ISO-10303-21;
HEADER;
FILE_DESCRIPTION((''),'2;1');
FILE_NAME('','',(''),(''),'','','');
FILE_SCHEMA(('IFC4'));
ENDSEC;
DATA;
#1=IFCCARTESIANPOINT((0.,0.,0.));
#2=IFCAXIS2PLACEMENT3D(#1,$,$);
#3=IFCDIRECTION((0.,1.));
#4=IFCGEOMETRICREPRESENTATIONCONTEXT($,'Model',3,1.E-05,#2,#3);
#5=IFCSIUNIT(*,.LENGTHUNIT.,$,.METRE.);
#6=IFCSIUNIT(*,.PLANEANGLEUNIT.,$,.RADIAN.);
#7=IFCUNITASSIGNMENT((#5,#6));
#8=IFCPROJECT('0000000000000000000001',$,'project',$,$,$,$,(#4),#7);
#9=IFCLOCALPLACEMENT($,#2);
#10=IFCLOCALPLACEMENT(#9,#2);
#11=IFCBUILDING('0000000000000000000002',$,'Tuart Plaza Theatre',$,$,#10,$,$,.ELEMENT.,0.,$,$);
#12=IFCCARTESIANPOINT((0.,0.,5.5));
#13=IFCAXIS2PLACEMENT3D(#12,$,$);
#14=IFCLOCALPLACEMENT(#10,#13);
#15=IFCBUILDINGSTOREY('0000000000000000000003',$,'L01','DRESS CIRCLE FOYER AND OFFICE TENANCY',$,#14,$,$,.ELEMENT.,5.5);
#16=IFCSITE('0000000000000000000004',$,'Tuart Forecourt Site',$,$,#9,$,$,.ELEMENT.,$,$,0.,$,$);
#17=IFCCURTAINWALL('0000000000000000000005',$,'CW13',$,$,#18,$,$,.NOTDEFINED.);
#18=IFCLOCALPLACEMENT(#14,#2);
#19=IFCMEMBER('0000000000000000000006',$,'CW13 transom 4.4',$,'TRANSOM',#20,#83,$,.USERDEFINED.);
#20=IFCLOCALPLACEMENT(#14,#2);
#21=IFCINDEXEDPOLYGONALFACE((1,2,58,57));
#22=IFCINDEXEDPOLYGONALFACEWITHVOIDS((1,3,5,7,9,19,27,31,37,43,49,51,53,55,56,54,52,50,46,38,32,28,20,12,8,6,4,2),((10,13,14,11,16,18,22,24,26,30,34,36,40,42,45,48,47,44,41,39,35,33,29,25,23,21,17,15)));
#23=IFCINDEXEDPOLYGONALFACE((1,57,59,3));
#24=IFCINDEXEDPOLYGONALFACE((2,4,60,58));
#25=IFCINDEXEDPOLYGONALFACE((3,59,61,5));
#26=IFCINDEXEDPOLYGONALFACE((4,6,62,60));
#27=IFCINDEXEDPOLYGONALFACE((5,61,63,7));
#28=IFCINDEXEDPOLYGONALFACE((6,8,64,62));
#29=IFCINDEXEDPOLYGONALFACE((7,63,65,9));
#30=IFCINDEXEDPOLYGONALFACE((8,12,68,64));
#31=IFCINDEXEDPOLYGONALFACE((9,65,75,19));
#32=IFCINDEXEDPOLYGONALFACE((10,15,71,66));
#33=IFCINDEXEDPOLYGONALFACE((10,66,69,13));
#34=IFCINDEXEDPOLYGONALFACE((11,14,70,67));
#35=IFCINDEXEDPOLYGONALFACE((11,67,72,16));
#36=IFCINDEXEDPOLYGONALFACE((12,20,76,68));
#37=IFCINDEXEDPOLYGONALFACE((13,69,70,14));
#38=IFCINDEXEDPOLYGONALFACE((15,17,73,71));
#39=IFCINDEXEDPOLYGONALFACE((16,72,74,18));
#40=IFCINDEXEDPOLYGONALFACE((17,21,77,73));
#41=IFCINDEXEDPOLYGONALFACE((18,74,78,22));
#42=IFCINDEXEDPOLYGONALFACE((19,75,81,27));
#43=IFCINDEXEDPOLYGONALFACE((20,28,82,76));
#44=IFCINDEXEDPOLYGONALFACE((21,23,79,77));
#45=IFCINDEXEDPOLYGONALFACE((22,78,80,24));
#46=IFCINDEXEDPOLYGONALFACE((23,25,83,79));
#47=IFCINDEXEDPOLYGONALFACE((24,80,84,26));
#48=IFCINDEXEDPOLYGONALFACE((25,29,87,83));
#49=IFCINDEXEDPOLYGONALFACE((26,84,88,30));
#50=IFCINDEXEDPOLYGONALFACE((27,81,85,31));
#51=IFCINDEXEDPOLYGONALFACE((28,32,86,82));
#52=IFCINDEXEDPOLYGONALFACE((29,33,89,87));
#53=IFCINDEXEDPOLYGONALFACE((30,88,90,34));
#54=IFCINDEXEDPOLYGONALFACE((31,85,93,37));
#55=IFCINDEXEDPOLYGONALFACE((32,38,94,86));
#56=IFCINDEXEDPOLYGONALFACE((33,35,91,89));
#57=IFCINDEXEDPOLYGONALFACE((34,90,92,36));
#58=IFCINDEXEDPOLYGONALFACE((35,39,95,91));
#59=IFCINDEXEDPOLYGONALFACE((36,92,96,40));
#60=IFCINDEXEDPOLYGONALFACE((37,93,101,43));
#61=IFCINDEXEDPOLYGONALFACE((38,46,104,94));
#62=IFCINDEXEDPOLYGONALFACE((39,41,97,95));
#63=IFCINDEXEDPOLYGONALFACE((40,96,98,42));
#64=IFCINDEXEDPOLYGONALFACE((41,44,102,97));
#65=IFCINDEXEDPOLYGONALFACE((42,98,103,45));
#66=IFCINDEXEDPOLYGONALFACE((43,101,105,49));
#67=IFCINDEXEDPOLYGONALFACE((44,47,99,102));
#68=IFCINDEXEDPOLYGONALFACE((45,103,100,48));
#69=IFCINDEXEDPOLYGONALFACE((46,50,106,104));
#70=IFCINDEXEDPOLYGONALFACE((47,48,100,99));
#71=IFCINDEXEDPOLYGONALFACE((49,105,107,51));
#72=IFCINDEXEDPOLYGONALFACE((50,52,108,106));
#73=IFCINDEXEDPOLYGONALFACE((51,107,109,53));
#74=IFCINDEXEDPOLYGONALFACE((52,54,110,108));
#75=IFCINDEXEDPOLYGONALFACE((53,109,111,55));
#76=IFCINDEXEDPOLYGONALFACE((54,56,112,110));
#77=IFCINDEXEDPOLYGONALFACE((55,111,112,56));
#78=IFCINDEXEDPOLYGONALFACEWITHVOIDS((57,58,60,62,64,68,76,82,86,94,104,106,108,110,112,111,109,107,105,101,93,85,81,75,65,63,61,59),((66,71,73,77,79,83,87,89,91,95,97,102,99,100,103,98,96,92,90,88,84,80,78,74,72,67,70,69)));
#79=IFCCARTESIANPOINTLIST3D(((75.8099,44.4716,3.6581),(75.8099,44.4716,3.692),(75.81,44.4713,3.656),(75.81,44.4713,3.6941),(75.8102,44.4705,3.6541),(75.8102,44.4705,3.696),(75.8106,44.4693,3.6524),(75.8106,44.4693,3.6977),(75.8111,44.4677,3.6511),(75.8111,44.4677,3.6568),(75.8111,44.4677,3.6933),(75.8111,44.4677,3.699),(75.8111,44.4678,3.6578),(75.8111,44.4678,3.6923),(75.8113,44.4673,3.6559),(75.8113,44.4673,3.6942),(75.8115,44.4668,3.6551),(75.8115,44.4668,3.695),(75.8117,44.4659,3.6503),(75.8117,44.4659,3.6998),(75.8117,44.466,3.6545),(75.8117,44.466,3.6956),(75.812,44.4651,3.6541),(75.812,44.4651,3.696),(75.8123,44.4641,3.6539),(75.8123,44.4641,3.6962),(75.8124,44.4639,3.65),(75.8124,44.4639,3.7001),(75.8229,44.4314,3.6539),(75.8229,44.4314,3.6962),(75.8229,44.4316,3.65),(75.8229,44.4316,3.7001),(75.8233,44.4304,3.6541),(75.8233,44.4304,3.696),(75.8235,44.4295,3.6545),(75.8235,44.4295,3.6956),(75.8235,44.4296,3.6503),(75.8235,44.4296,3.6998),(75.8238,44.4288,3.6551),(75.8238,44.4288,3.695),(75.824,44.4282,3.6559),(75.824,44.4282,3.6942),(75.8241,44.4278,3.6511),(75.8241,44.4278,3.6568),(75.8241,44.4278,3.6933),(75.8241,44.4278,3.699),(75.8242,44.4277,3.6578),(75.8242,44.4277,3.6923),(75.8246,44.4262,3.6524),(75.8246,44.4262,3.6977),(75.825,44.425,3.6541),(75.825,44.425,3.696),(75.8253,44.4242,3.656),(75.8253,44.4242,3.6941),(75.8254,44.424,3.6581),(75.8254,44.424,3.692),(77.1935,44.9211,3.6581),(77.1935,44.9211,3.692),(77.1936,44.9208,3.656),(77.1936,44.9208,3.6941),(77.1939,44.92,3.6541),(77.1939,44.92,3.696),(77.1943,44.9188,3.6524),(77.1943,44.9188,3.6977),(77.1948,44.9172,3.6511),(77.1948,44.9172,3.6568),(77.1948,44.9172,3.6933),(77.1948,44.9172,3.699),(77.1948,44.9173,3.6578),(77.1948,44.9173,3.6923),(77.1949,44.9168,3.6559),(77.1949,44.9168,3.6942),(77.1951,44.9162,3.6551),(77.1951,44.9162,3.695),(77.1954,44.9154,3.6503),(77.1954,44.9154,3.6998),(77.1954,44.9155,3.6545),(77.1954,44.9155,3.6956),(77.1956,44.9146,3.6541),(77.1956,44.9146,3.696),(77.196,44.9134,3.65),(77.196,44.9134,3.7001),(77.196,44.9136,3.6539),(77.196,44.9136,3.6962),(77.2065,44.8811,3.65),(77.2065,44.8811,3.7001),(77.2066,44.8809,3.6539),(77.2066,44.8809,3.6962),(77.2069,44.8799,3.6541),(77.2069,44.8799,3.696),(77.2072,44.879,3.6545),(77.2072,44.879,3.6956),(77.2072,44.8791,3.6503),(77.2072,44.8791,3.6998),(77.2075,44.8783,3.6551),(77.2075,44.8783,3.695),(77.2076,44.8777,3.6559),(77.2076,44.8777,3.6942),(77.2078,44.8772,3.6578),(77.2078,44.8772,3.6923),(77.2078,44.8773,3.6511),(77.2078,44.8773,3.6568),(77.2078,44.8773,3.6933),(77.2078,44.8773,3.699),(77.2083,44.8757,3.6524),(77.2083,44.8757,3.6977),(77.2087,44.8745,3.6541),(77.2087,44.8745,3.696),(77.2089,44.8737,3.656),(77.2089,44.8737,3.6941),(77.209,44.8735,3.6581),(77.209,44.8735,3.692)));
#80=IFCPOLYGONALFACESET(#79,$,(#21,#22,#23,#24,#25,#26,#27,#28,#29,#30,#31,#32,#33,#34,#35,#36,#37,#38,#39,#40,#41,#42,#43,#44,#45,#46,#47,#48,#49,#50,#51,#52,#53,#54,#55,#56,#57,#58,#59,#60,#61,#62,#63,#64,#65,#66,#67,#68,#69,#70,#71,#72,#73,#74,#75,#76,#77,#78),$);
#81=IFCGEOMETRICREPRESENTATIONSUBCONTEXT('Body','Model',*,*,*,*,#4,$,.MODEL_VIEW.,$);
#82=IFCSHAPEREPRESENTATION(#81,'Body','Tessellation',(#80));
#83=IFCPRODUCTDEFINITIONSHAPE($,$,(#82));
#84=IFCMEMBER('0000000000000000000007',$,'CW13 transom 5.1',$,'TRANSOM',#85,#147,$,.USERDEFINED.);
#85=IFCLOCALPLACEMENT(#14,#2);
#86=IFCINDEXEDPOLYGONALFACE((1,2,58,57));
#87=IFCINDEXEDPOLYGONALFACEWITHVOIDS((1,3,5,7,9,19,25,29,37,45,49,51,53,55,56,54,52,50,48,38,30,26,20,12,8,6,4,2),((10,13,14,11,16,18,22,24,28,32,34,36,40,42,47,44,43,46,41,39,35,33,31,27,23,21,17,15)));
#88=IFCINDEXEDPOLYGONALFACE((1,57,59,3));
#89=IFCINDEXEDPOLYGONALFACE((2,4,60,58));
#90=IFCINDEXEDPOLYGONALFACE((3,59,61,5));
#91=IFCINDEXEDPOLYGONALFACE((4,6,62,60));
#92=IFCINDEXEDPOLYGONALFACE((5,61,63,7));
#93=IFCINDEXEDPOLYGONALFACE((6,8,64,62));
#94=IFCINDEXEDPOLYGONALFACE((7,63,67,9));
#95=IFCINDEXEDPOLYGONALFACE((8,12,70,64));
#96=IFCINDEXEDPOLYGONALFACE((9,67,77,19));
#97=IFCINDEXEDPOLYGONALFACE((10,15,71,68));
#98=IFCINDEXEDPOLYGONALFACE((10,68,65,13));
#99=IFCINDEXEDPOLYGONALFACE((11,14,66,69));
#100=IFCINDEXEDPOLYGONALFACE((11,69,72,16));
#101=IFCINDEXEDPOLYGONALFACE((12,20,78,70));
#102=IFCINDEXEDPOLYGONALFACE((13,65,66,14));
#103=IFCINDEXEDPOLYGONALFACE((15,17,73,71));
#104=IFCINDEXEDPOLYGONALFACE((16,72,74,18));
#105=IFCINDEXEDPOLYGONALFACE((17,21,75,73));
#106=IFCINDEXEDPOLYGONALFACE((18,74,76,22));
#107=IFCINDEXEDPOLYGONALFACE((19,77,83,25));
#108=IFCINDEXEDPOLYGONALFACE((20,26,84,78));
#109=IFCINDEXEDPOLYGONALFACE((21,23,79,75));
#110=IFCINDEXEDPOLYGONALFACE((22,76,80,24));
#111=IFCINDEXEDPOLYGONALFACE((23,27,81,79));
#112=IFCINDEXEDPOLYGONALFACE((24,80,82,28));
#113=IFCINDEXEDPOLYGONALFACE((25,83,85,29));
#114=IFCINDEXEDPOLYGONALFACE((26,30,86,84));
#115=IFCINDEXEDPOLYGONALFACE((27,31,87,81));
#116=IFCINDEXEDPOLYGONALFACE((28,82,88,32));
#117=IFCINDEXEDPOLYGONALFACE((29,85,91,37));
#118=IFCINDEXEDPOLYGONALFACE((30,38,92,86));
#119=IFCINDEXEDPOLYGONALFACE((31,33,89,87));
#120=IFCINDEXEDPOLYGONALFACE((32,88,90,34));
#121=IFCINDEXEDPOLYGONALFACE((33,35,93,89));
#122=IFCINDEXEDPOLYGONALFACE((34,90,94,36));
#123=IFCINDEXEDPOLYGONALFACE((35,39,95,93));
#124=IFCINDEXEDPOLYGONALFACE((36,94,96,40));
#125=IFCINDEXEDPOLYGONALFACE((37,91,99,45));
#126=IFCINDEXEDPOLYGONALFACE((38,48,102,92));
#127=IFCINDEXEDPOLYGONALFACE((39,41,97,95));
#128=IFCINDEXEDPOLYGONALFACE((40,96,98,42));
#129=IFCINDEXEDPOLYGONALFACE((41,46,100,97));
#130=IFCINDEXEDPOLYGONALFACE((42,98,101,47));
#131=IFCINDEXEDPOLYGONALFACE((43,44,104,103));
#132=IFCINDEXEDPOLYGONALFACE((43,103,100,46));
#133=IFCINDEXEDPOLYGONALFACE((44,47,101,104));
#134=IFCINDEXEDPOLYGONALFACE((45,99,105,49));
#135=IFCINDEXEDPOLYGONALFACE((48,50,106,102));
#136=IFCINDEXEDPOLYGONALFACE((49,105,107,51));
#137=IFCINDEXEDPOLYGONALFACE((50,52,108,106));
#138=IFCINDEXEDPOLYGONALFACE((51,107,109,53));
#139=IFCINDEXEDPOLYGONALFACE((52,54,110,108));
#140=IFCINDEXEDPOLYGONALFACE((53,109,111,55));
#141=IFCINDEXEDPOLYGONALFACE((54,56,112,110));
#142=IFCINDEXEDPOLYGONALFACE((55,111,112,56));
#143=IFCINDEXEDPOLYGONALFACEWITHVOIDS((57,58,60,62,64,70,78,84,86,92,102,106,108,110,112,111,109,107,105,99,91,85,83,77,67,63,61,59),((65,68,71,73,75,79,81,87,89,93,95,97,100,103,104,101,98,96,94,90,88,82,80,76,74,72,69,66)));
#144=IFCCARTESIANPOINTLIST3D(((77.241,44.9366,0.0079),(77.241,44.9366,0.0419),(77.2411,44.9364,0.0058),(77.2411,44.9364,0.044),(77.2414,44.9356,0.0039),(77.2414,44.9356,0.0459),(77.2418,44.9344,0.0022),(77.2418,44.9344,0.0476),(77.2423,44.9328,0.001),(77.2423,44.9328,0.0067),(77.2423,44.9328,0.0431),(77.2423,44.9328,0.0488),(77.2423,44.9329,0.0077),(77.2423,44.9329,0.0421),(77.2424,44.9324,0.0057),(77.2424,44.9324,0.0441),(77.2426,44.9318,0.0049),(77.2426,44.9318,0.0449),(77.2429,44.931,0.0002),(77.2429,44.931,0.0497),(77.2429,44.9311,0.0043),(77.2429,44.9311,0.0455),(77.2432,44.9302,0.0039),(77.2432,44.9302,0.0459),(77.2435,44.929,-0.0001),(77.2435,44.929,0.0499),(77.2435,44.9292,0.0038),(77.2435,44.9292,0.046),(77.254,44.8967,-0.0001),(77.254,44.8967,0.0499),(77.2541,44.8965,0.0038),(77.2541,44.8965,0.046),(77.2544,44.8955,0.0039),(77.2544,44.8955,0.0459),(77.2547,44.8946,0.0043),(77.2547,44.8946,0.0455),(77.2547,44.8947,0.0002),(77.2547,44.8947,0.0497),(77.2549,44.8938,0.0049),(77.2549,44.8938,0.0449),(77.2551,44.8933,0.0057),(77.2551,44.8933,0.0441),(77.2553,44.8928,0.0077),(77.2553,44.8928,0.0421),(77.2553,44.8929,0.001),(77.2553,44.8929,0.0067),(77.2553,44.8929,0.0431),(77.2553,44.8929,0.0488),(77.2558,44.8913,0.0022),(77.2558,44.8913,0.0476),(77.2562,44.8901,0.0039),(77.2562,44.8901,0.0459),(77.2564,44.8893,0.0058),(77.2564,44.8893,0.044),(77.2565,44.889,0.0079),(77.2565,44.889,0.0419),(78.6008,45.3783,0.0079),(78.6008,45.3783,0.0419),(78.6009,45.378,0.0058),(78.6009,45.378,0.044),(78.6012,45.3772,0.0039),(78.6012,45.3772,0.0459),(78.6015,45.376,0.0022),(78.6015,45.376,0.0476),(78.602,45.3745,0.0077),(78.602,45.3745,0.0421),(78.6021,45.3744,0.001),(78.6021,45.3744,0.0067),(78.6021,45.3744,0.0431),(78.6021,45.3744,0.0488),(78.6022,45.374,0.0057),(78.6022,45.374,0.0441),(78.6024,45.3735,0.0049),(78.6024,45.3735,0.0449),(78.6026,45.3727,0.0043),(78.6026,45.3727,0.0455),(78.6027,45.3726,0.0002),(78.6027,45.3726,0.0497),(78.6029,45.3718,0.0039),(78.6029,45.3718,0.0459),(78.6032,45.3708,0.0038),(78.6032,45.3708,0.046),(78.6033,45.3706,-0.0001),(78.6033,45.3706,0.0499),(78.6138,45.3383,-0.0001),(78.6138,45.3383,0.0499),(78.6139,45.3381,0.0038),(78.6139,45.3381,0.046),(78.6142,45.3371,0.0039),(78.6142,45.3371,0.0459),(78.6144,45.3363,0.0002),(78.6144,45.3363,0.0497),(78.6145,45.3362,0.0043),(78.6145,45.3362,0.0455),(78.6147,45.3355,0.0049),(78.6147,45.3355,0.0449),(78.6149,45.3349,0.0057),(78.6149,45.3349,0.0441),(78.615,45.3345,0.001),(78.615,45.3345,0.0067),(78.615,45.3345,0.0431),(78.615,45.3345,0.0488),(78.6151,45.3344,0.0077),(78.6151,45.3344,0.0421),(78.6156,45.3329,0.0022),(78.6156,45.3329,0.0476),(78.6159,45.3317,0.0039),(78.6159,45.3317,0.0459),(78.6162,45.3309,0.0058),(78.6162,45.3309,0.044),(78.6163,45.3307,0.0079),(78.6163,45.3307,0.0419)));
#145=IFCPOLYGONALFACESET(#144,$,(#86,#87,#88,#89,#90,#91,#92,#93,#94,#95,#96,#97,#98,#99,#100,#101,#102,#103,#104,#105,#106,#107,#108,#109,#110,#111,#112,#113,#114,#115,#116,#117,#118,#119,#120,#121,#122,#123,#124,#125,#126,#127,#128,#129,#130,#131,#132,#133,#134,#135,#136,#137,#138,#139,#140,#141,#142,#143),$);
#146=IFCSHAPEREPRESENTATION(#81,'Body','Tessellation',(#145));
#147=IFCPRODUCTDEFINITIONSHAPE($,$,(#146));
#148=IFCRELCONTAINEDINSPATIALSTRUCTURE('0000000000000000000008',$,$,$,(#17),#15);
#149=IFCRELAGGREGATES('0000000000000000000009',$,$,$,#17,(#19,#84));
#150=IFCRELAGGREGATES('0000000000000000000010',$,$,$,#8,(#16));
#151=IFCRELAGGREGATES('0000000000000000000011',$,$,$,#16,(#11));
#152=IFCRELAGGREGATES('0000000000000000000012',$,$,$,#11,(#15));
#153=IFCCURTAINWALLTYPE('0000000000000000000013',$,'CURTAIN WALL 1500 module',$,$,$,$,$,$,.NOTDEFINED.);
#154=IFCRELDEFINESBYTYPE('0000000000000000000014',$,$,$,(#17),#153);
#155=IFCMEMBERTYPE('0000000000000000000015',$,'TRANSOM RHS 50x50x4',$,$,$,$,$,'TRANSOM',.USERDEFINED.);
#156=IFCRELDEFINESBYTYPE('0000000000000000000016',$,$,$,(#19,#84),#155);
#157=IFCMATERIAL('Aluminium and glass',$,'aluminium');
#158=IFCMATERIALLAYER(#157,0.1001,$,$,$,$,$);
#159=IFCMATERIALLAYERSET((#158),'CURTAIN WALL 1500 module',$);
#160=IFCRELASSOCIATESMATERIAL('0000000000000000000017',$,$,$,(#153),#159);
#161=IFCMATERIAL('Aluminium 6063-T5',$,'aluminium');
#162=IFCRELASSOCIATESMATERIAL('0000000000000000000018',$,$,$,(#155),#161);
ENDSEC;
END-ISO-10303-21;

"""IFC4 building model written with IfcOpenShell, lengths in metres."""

from ifc_helpers import new_model, si_unit, direction, frame, origin, origin_2d, place, context, subcontext, project, spatial, hollow_rectangle, extrude, material, layer, layer_set, material_profile, profile_set, type_object, element, aggregate, save


model = new_model("IFC4")

# Units and contexts
model_context = context("Model", 3, precision=1e-05, world=origin(), true_north=direction((0.0, 1.0)))
body_context = subcontext(model_context, "Body", "Model", "MODEL_VIEW")
ifc_project = project(units=[si_unit("LENGTHUNIT", "METRE"), si_unit("PLANEANGLEUNIT", "RADIAN")], contexts=[model_context])

# Site, building, storey
site_placement = place(None, origin())
site = spatial("IfcSite", under=ifc_project, at=site_placement, Name="Tuart Forecourt Site", CompositionType="ELEMENT", RefElevation=0.0)
building_placement = place(site_placement, origin())
building = spatial("IfcBuilding", under=site, at=building_placement, Name="Tuart Plaza Theatre", CompositionType="ELEMENT", ElevationOfRefHeight=0.0)
storey_placement = place(building_placement, frame((0.0, 0.0, 5.5)))
storey = spatial("IfcBuildingStorey", under=building, at=storey_placement, Name="L01", Description="DRESS CIRCLE FOYER AND OFFICE TENANCY", CompositionType="ELEMENT", Elevation=5.5)

# Curtain wall, members
ifc_material_1 = material(Name="Aluminium and glass", Category="aluminium")
ifc_layer_1 = layer(ifc_material_1, 0.1001)
ifc_layer_set_1 = layer_set([ifc_layer_1], Name="CURTAIN WALL 1500 module")
curtain_wall_type = type_object("IfcCurtainWallType", Name="CURTAIN WALL 1500 module", PredefinedType="NOTDEFINED", material=ifc_layer_set_1)
curtain_wall_placement = place(storey_placement, origin())
curtain_wall = element("IfcCurtainWall", 1, at=curtain_wall_placement, inside=storey, type_object=curtain_wall_type, Name="CW13", PredefinedType="NOTDEFINED")
ifc_material_2 = material(Name="Aluminium 6063-T5", Category="aluminium")
ifc_material_profile_1 = material_profile(ifc_material_2, hollow_rectangle(XDim=0.05, YDim=0.05, WallThickness=0.0039, InnerFilletRadius=0.0039, OuterFilletRadius=0.0081, at=origin_2d()), Name="RHS 50x50x4")
ifc_profile_set_1 = profile_set([ifc_material_profile_1], Name="Aluminium 6063-T5")
member_type_1 = type_object("IfcMemberType", Name="TRANSOM RHS 50x50x4", ElementType="TRANSOM", PredefinedType="USERDEFINED", material=ifc_profile_set_1)
member_1_placement = place(storey_placement, frame((75.8176, 44.4478, 3.675), z_axis=(0.951072, 0.308968, 0.0), x_axis=(-0.308968, 0.951072, 0.0)))
member_1 = element("IfcMember", 2, at=member_1_placement, type_object=member_type_1, Name="CW13 transom 4.4", ObjectType="TRANSOM", PredefinedType="USERDEFINED", context=body_context, shape_type="SweptSolid", body=[
    extrude(hollow_rectangle(XDim=0.05, YDim=0.05, WallThickness=0.0039, InnerFilletRadius=0.0039, OuterFilletRadius=0.0081, at=origin_2d()), origin(), (0.0, 0.0, 1.0), 1.4548),
])
member_2_placement = place(storey_placement, frame((77.2488, 44.9128, 0.0249), z_axis=(0.951097, 0.308893, 0.0), x_axis=(-0.308893, 0.951097, 0.0)))
member_2 = element("IfcMember", 3, at=member_2_placement, type_object=member_type_1, Name="CW13 transom 5.1", ObjectType="TRANSOM", PredefinedType="USERDEFINED", context=body_context, shape_type="SweptSolid", body=[
    extrude(hollow_rectangle(XDim=0.05, YDim=0.05, WallThickness=0.0039, InnerFilletRadius=0.0039, OuterFilletRadius=0.0081, at=origin_2d()), origin(), (0.0, 0.0, 1.0), 1.4297),
])
aggregate(curtain_wall, [member_1, member_2])

save(model, "model.ifc")
